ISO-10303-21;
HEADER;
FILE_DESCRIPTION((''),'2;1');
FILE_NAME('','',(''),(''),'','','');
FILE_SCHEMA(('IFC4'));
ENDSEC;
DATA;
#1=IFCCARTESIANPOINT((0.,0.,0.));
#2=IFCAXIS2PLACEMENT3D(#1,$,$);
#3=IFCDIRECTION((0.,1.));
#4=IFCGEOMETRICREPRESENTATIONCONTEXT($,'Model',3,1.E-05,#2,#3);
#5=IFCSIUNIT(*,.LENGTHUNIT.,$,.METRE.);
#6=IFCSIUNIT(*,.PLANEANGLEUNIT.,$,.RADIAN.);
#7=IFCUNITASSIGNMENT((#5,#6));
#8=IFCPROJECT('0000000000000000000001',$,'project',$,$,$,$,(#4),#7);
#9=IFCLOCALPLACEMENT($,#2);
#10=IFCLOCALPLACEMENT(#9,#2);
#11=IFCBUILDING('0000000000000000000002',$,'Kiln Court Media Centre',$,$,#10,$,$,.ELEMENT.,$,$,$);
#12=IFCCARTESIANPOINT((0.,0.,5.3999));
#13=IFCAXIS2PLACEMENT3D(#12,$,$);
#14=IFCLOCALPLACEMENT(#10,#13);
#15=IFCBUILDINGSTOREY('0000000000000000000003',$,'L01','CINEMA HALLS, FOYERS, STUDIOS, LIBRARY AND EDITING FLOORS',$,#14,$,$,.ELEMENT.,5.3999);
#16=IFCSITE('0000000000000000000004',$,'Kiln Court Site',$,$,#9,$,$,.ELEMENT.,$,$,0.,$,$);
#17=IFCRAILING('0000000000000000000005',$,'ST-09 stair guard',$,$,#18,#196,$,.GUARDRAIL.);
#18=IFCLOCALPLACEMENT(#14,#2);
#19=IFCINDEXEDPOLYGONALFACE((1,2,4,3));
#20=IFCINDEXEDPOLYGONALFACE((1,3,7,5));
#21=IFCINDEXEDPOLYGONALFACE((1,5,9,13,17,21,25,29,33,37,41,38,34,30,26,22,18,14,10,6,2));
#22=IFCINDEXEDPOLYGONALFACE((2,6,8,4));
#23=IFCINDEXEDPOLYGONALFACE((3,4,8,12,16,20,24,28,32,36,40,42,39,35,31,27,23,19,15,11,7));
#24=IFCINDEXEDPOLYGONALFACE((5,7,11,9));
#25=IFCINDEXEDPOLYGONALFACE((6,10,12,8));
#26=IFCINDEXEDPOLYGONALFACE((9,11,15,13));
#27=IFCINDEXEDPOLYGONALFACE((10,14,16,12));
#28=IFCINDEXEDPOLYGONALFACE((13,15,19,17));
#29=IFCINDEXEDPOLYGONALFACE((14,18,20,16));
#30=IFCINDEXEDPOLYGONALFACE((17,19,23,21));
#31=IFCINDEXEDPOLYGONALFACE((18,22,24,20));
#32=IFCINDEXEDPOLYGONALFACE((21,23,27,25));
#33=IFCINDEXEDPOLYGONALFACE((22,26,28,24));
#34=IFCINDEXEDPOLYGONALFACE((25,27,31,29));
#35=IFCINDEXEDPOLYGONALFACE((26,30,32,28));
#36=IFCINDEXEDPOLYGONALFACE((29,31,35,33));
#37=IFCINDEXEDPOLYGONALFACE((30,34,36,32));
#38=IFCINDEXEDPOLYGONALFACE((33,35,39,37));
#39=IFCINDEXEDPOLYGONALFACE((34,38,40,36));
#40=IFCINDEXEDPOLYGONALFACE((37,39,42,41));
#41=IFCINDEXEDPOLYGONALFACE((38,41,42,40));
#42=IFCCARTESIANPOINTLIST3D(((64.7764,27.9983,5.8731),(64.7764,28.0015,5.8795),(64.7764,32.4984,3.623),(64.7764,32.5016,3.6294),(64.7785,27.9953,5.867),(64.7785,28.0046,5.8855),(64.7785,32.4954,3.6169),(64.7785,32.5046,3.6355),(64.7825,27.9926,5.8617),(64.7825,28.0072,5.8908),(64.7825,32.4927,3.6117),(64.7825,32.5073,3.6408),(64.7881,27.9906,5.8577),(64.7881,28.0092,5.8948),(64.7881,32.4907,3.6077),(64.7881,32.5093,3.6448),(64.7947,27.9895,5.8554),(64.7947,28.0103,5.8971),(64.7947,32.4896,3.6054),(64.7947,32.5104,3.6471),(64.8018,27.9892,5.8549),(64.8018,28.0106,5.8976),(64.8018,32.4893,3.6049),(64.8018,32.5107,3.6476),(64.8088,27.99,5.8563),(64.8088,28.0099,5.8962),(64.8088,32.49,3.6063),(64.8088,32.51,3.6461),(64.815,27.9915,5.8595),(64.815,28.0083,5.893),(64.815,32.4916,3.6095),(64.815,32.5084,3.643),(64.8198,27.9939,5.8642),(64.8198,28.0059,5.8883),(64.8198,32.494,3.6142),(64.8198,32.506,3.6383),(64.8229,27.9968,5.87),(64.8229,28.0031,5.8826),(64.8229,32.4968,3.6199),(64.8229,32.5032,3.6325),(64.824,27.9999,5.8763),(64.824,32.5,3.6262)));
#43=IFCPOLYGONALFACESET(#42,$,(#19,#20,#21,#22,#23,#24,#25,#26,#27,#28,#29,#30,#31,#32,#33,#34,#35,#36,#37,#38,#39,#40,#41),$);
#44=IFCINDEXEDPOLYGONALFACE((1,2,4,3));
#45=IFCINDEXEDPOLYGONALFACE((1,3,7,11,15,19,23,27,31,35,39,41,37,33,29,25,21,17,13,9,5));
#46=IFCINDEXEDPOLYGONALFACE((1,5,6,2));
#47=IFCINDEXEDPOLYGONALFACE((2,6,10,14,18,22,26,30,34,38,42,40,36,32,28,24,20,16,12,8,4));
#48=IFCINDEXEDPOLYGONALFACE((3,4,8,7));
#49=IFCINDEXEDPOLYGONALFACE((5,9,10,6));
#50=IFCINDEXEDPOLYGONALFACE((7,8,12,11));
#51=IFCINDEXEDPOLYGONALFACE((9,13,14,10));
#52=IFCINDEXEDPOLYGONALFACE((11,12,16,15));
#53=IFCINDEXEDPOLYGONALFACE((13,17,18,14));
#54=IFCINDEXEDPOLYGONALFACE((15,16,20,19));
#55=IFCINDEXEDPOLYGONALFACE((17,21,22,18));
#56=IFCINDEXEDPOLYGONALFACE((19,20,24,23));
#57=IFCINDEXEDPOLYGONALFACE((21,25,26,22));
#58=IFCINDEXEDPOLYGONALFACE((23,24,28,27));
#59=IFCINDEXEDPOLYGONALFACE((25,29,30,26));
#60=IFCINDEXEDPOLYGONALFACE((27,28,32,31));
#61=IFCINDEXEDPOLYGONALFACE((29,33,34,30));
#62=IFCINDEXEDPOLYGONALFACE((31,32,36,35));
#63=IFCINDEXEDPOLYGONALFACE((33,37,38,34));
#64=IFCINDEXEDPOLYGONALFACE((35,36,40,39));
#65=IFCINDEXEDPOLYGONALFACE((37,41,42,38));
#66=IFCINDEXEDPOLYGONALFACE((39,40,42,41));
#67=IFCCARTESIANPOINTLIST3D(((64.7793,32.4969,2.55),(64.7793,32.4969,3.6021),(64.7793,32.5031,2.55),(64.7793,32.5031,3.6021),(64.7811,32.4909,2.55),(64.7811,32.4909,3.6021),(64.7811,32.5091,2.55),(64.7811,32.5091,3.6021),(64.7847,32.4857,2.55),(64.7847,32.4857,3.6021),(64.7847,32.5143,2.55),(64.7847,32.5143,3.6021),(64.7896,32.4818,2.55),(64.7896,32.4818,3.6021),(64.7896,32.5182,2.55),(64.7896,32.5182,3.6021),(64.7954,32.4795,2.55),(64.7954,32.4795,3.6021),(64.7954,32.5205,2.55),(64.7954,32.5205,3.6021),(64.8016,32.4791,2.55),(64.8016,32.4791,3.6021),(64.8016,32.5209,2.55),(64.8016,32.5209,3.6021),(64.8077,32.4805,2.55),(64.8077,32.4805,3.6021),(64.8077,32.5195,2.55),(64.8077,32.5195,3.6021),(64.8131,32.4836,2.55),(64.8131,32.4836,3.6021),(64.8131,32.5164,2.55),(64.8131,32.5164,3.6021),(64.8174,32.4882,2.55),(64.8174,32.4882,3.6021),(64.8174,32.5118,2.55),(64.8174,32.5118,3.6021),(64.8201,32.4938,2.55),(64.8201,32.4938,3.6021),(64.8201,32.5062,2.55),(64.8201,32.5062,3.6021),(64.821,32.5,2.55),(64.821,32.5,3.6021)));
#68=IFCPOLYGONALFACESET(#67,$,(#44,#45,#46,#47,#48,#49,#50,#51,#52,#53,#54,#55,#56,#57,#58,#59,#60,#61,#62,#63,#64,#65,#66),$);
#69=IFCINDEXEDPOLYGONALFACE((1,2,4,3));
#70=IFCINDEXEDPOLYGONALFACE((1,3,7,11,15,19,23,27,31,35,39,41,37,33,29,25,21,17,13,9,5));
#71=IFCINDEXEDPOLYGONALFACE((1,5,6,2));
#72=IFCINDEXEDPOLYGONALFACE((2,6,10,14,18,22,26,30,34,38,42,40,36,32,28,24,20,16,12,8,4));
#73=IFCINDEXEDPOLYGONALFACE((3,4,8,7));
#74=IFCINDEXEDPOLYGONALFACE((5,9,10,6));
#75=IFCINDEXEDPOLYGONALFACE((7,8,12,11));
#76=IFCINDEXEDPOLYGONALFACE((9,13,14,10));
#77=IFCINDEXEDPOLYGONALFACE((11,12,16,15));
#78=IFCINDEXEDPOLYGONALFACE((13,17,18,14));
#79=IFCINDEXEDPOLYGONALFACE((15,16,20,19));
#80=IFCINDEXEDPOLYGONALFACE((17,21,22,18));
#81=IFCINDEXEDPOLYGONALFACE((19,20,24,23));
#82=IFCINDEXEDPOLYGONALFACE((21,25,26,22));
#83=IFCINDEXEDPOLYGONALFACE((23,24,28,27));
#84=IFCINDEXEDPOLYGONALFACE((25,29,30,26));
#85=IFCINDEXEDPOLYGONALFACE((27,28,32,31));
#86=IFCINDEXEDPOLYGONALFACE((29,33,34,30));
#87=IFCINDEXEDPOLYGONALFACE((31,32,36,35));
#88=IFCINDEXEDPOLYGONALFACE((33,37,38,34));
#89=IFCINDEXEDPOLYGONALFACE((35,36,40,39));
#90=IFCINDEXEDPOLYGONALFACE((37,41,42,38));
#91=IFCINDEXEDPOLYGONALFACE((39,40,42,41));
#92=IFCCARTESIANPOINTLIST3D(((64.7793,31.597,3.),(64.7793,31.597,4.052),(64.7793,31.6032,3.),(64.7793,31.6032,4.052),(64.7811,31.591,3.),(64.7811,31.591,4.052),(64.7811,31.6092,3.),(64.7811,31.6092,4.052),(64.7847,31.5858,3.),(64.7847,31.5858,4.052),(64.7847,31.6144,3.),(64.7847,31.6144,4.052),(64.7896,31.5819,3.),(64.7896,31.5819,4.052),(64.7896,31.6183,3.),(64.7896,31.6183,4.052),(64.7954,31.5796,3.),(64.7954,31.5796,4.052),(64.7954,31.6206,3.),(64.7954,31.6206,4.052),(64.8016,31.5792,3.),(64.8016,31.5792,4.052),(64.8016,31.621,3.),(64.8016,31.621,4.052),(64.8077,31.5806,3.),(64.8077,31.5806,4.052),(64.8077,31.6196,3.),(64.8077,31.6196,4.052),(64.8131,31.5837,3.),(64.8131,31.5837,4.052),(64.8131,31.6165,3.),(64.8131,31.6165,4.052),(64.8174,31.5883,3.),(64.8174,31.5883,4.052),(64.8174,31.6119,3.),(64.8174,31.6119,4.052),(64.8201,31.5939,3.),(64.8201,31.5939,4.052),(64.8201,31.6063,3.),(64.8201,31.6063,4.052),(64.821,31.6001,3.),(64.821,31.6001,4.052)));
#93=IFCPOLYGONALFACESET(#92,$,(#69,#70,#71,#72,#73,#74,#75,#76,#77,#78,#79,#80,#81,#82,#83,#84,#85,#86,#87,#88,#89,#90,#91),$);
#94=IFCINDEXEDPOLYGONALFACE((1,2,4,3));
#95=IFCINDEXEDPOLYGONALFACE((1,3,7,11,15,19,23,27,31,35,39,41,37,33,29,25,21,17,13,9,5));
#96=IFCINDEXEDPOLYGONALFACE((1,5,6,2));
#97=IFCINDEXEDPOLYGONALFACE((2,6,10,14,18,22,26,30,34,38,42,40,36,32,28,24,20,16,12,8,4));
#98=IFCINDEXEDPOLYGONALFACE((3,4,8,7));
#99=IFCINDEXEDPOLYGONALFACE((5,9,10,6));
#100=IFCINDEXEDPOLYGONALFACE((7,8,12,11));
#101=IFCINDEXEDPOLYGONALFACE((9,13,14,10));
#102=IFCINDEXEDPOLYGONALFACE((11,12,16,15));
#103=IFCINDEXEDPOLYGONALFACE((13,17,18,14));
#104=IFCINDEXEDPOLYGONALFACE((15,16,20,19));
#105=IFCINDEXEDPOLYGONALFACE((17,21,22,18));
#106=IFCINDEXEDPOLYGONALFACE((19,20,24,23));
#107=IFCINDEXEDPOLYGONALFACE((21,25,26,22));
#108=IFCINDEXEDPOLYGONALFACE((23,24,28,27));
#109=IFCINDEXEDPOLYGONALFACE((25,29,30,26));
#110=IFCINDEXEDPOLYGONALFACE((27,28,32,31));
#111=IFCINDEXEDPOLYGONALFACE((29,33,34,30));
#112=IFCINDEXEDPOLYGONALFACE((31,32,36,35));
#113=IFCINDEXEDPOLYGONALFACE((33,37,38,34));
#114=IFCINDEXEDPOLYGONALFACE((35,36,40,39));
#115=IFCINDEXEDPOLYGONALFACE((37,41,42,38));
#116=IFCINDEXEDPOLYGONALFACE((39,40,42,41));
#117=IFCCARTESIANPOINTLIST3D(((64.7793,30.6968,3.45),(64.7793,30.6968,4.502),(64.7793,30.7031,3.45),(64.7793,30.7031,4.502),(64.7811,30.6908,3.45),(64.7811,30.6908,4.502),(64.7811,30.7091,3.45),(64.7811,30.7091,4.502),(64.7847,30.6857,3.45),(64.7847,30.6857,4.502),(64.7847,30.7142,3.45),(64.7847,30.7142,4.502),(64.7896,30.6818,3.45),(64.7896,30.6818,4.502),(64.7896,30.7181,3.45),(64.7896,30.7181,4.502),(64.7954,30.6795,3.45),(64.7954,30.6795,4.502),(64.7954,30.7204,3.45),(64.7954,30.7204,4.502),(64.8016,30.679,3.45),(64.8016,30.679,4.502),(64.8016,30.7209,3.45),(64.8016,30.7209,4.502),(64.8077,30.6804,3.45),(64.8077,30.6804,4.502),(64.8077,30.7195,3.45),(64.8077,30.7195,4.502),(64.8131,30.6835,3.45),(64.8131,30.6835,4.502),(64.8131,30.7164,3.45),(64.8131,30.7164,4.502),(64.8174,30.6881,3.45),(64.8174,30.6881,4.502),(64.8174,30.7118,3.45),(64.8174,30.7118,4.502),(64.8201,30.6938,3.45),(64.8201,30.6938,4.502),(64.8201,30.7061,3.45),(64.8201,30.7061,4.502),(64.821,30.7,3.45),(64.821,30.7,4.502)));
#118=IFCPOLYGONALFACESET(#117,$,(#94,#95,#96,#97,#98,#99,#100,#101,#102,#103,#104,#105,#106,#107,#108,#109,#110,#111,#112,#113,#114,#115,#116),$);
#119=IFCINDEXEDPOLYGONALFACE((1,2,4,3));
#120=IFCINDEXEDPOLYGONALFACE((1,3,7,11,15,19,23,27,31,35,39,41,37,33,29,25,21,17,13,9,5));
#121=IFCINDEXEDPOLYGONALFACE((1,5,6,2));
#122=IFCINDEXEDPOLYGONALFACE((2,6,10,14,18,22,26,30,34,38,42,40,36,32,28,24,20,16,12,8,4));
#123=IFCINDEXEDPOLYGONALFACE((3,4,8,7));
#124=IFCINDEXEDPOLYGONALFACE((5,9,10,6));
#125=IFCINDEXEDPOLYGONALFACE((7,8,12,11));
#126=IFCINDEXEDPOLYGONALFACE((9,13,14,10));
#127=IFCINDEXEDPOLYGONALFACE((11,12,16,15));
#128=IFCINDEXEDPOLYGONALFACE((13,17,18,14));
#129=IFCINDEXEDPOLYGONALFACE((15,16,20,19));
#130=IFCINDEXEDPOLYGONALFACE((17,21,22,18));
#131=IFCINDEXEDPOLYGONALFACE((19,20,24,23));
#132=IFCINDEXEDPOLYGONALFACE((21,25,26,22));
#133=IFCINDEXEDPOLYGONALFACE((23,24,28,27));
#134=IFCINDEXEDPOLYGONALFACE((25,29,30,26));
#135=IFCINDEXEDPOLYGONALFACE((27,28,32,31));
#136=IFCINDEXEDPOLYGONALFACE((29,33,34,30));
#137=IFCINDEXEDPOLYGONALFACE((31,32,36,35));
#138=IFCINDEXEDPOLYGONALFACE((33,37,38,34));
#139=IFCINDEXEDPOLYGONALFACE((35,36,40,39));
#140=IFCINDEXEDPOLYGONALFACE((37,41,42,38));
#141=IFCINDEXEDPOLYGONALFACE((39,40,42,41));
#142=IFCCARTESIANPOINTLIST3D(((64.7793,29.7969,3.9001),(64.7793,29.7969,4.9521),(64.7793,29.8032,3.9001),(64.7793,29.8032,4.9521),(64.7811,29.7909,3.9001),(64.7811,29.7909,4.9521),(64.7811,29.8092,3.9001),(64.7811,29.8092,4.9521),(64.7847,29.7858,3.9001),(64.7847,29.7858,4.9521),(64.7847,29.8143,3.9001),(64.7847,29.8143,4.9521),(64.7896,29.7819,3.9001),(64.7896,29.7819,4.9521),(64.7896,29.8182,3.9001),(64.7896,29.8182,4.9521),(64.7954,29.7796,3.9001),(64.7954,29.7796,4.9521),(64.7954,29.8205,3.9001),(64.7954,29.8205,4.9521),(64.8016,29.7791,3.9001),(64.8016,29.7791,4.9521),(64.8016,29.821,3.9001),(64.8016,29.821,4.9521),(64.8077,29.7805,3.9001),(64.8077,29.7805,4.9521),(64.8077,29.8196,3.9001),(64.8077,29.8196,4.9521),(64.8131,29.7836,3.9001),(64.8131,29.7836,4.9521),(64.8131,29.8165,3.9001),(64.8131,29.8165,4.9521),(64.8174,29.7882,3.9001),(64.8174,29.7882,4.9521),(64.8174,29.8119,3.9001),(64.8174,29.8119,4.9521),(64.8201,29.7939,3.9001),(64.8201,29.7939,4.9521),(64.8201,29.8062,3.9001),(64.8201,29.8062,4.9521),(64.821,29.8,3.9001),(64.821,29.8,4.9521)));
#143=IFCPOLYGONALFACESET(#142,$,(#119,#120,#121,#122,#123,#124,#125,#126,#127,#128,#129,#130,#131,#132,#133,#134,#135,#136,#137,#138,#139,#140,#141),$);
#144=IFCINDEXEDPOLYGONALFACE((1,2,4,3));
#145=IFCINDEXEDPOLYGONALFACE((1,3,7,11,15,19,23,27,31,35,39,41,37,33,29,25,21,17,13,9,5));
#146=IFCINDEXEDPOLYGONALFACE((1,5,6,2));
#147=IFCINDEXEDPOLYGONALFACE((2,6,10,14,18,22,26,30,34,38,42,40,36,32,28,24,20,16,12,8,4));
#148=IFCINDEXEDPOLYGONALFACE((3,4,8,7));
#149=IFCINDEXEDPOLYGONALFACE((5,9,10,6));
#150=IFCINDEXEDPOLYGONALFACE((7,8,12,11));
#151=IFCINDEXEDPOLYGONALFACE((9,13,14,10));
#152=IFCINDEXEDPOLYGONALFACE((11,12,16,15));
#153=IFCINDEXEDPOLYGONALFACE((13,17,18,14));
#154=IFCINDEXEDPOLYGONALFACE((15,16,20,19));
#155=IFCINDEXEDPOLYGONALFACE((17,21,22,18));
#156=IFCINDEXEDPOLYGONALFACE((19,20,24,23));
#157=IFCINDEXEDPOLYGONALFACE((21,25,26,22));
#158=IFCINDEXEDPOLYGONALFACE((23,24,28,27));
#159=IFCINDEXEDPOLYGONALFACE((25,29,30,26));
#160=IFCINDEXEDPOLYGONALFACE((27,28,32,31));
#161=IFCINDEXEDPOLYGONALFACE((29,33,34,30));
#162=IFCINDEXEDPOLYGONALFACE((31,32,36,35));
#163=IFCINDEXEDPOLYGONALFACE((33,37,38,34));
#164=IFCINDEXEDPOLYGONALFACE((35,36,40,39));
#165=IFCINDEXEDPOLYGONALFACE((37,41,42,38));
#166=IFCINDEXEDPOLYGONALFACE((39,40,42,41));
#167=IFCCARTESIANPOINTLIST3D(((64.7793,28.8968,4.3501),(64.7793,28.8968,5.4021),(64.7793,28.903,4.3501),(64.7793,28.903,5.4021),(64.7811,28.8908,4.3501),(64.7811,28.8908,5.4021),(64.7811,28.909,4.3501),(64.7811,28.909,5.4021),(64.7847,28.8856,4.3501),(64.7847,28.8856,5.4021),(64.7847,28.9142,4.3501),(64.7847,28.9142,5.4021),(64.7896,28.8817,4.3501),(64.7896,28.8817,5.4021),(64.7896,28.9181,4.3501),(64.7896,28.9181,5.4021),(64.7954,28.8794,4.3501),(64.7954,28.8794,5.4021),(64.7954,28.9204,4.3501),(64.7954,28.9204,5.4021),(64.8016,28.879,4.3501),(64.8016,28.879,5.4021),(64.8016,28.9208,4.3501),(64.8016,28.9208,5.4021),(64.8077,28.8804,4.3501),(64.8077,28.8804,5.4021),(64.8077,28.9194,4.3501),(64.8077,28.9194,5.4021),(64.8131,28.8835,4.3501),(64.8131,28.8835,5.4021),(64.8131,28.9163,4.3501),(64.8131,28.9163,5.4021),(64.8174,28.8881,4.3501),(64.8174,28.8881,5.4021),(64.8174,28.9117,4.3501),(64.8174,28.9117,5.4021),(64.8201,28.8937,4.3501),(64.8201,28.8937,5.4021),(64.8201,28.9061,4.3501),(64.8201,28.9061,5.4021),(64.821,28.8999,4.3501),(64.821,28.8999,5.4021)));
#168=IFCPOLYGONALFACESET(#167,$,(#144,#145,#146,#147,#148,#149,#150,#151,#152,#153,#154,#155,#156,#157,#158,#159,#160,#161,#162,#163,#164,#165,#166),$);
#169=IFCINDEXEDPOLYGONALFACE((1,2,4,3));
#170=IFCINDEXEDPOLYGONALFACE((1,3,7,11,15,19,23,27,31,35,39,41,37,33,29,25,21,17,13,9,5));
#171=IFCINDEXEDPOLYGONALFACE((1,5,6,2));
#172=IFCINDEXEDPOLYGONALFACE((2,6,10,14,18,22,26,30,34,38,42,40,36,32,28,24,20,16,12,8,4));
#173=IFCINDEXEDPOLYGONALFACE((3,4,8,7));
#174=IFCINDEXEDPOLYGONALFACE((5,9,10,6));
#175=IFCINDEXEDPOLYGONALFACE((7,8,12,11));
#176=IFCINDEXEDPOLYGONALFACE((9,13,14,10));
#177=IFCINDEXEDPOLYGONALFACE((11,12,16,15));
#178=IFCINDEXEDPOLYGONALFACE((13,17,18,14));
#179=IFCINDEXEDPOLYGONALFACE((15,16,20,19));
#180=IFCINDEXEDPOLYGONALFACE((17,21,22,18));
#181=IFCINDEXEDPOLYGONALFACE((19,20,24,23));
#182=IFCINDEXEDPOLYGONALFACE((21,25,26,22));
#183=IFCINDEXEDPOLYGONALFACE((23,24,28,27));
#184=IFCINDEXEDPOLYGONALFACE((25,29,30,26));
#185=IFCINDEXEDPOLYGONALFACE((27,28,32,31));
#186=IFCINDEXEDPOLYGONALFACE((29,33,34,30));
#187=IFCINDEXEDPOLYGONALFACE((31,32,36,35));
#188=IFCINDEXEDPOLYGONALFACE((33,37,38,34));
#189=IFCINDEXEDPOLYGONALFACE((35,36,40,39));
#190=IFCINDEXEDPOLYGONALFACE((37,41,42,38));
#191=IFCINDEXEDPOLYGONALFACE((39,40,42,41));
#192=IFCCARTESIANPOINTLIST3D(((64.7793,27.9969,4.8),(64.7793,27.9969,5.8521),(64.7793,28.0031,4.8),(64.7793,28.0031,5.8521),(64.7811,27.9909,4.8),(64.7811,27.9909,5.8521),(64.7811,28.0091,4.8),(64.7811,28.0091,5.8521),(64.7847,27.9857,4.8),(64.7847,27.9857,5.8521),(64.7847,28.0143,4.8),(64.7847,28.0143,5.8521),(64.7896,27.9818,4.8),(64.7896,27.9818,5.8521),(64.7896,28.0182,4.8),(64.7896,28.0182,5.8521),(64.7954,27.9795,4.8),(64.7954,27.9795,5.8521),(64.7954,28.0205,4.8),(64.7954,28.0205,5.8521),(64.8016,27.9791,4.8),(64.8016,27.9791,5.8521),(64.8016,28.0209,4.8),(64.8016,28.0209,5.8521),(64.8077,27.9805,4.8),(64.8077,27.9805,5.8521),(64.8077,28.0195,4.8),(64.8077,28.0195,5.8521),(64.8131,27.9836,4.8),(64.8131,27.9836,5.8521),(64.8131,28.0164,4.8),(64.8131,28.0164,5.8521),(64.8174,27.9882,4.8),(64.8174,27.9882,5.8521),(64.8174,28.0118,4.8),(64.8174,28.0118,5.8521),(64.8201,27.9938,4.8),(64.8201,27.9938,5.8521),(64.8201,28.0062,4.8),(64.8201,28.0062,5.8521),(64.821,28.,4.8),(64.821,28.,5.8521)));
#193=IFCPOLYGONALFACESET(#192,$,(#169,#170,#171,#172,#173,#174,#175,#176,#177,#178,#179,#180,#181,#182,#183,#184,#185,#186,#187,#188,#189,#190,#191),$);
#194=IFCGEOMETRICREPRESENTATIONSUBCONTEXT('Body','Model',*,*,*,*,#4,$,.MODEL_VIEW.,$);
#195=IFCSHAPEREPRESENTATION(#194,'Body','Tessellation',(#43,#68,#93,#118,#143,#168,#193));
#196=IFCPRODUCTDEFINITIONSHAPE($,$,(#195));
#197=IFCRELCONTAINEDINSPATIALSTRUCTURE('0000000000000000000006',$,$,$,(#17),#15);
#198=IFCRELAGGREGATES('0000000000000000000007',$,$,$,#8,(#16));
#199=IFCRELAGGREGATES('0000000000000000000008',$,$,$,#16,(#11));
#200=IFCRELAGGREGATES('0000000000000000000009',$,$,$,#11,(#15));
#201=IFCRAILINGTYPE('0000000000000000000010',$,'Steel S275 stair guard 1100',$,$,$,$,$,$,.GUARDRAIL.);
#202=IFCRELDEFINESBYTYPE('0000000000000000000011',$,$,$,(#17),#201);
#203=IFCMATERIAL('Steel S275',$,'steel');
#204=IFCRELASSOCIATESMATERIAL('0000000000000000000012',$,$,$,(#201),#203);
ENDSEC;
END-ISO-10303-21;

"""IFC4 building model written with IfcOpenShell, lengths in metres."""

from ifc_helpers import new_model, si_unit, direction, frame, origin, origin_2d, place, context, subcontext, project, spatial, circle, extrude, material, type_object, element, save


model = new_model("IFC4")

# Units and contexts
model_context = context("Model", 3, precision=1e-05, world=origin(), true_north=direction((0.0, 1.0)))
body_context = subcontext(model_context, "Body", "Model", "MODEL_VIEW")
ifc_project = project(units=[si_unit("LENGTHUNIT", "METRE"), si_unit("PLANEANGLEUNIT", "RADIAN")], contexts=[model_context])

# Site, building, storey
site_placement = place(None, origin())
site = spatial("IfcSite", under=ifc_project, at=site_placement, Name="Kiln Court Site", CompositionType="ELEMENT", RefElevation=0.0)
building_placement = place(site_placement, origin())
building = spatial("IfcBuilding", under=site, at=building_placement, Name="Kiln Court Media Centre", CompositionType="ELEMENT")
storey_placement = place(building_placement, frame((0.0, 0.0, 5.3999)))
storey = spatial("IfcBuildingStorey", under=building, at=storey_placement, Name="L01", Description="CINEMA HALLS, FOYERS, STUDIOS, LIBRARY AND EDITING FLOORS", CompositionType="ELEMENT", Elevation=5.3999)

# Railing
ifc_material_1 = material(Name="Steel S275", Category="steel")
railing_type_1 = type_object("IfcRailingType", Name="Steel S275 stair guard 1100", PredefinedType="GUARDRAIL", material=ifc_material_1)
railing_1_placement = place(storey_placement, frame((64.8, 32.5, 2.55)))
element("IfcRailing", 1, at=railing_1_placement, inside=storey, type_object=railing_type_1, Name="ST-09 stair guard", PredefinedType="GUARDRAIL", context=body_context, shape_type="SweptSolid", body=[
    extrude(circle(Radius=0.0239, at=origin_2d()), frame((0.0, 0.0, 1.0762), z_axis=(0.0, -0.894427, 0.447214), x_axis=(1.0, 0.0, 0.0)), (0.0, 0.0, 1.0), 5.0312),
    extrude(circle(Radius=0.021, at=origin_2d()), origin(), (0.0, 0.0, 1.0), 1.052),
    extrude(circle(Radius=0.021, at=origin_2d()), frame((0.0, -0.8999, 0.45)), (0.0, 0.0, 1.0), 1.052),
    extrude(circle(Radius=0.021, at=origin_2d()), frame((0.0, -1.8, 0.8999)), (0.0, 0.0, 1.0), 1.052),
    extrude(circle(Radius=0.021, at=origin_2d()), frame((0.0, -2.7, 1.3501)), (0.0, 0.0, 1.0), 1.052),
    extrude(circle(Radius=0.021, at=origin_2d()), frame((0.0, -3.6001, 1.8)), (0.0, 0.0, 1.0), 1.052),
    extrude(circle(Radius=0.021, at=origin_2d()), frame((0.0, -4.5, 2.25)), (0.0, 0.0, 1.0), 1.052),
])

save(model, "model.ifc")
